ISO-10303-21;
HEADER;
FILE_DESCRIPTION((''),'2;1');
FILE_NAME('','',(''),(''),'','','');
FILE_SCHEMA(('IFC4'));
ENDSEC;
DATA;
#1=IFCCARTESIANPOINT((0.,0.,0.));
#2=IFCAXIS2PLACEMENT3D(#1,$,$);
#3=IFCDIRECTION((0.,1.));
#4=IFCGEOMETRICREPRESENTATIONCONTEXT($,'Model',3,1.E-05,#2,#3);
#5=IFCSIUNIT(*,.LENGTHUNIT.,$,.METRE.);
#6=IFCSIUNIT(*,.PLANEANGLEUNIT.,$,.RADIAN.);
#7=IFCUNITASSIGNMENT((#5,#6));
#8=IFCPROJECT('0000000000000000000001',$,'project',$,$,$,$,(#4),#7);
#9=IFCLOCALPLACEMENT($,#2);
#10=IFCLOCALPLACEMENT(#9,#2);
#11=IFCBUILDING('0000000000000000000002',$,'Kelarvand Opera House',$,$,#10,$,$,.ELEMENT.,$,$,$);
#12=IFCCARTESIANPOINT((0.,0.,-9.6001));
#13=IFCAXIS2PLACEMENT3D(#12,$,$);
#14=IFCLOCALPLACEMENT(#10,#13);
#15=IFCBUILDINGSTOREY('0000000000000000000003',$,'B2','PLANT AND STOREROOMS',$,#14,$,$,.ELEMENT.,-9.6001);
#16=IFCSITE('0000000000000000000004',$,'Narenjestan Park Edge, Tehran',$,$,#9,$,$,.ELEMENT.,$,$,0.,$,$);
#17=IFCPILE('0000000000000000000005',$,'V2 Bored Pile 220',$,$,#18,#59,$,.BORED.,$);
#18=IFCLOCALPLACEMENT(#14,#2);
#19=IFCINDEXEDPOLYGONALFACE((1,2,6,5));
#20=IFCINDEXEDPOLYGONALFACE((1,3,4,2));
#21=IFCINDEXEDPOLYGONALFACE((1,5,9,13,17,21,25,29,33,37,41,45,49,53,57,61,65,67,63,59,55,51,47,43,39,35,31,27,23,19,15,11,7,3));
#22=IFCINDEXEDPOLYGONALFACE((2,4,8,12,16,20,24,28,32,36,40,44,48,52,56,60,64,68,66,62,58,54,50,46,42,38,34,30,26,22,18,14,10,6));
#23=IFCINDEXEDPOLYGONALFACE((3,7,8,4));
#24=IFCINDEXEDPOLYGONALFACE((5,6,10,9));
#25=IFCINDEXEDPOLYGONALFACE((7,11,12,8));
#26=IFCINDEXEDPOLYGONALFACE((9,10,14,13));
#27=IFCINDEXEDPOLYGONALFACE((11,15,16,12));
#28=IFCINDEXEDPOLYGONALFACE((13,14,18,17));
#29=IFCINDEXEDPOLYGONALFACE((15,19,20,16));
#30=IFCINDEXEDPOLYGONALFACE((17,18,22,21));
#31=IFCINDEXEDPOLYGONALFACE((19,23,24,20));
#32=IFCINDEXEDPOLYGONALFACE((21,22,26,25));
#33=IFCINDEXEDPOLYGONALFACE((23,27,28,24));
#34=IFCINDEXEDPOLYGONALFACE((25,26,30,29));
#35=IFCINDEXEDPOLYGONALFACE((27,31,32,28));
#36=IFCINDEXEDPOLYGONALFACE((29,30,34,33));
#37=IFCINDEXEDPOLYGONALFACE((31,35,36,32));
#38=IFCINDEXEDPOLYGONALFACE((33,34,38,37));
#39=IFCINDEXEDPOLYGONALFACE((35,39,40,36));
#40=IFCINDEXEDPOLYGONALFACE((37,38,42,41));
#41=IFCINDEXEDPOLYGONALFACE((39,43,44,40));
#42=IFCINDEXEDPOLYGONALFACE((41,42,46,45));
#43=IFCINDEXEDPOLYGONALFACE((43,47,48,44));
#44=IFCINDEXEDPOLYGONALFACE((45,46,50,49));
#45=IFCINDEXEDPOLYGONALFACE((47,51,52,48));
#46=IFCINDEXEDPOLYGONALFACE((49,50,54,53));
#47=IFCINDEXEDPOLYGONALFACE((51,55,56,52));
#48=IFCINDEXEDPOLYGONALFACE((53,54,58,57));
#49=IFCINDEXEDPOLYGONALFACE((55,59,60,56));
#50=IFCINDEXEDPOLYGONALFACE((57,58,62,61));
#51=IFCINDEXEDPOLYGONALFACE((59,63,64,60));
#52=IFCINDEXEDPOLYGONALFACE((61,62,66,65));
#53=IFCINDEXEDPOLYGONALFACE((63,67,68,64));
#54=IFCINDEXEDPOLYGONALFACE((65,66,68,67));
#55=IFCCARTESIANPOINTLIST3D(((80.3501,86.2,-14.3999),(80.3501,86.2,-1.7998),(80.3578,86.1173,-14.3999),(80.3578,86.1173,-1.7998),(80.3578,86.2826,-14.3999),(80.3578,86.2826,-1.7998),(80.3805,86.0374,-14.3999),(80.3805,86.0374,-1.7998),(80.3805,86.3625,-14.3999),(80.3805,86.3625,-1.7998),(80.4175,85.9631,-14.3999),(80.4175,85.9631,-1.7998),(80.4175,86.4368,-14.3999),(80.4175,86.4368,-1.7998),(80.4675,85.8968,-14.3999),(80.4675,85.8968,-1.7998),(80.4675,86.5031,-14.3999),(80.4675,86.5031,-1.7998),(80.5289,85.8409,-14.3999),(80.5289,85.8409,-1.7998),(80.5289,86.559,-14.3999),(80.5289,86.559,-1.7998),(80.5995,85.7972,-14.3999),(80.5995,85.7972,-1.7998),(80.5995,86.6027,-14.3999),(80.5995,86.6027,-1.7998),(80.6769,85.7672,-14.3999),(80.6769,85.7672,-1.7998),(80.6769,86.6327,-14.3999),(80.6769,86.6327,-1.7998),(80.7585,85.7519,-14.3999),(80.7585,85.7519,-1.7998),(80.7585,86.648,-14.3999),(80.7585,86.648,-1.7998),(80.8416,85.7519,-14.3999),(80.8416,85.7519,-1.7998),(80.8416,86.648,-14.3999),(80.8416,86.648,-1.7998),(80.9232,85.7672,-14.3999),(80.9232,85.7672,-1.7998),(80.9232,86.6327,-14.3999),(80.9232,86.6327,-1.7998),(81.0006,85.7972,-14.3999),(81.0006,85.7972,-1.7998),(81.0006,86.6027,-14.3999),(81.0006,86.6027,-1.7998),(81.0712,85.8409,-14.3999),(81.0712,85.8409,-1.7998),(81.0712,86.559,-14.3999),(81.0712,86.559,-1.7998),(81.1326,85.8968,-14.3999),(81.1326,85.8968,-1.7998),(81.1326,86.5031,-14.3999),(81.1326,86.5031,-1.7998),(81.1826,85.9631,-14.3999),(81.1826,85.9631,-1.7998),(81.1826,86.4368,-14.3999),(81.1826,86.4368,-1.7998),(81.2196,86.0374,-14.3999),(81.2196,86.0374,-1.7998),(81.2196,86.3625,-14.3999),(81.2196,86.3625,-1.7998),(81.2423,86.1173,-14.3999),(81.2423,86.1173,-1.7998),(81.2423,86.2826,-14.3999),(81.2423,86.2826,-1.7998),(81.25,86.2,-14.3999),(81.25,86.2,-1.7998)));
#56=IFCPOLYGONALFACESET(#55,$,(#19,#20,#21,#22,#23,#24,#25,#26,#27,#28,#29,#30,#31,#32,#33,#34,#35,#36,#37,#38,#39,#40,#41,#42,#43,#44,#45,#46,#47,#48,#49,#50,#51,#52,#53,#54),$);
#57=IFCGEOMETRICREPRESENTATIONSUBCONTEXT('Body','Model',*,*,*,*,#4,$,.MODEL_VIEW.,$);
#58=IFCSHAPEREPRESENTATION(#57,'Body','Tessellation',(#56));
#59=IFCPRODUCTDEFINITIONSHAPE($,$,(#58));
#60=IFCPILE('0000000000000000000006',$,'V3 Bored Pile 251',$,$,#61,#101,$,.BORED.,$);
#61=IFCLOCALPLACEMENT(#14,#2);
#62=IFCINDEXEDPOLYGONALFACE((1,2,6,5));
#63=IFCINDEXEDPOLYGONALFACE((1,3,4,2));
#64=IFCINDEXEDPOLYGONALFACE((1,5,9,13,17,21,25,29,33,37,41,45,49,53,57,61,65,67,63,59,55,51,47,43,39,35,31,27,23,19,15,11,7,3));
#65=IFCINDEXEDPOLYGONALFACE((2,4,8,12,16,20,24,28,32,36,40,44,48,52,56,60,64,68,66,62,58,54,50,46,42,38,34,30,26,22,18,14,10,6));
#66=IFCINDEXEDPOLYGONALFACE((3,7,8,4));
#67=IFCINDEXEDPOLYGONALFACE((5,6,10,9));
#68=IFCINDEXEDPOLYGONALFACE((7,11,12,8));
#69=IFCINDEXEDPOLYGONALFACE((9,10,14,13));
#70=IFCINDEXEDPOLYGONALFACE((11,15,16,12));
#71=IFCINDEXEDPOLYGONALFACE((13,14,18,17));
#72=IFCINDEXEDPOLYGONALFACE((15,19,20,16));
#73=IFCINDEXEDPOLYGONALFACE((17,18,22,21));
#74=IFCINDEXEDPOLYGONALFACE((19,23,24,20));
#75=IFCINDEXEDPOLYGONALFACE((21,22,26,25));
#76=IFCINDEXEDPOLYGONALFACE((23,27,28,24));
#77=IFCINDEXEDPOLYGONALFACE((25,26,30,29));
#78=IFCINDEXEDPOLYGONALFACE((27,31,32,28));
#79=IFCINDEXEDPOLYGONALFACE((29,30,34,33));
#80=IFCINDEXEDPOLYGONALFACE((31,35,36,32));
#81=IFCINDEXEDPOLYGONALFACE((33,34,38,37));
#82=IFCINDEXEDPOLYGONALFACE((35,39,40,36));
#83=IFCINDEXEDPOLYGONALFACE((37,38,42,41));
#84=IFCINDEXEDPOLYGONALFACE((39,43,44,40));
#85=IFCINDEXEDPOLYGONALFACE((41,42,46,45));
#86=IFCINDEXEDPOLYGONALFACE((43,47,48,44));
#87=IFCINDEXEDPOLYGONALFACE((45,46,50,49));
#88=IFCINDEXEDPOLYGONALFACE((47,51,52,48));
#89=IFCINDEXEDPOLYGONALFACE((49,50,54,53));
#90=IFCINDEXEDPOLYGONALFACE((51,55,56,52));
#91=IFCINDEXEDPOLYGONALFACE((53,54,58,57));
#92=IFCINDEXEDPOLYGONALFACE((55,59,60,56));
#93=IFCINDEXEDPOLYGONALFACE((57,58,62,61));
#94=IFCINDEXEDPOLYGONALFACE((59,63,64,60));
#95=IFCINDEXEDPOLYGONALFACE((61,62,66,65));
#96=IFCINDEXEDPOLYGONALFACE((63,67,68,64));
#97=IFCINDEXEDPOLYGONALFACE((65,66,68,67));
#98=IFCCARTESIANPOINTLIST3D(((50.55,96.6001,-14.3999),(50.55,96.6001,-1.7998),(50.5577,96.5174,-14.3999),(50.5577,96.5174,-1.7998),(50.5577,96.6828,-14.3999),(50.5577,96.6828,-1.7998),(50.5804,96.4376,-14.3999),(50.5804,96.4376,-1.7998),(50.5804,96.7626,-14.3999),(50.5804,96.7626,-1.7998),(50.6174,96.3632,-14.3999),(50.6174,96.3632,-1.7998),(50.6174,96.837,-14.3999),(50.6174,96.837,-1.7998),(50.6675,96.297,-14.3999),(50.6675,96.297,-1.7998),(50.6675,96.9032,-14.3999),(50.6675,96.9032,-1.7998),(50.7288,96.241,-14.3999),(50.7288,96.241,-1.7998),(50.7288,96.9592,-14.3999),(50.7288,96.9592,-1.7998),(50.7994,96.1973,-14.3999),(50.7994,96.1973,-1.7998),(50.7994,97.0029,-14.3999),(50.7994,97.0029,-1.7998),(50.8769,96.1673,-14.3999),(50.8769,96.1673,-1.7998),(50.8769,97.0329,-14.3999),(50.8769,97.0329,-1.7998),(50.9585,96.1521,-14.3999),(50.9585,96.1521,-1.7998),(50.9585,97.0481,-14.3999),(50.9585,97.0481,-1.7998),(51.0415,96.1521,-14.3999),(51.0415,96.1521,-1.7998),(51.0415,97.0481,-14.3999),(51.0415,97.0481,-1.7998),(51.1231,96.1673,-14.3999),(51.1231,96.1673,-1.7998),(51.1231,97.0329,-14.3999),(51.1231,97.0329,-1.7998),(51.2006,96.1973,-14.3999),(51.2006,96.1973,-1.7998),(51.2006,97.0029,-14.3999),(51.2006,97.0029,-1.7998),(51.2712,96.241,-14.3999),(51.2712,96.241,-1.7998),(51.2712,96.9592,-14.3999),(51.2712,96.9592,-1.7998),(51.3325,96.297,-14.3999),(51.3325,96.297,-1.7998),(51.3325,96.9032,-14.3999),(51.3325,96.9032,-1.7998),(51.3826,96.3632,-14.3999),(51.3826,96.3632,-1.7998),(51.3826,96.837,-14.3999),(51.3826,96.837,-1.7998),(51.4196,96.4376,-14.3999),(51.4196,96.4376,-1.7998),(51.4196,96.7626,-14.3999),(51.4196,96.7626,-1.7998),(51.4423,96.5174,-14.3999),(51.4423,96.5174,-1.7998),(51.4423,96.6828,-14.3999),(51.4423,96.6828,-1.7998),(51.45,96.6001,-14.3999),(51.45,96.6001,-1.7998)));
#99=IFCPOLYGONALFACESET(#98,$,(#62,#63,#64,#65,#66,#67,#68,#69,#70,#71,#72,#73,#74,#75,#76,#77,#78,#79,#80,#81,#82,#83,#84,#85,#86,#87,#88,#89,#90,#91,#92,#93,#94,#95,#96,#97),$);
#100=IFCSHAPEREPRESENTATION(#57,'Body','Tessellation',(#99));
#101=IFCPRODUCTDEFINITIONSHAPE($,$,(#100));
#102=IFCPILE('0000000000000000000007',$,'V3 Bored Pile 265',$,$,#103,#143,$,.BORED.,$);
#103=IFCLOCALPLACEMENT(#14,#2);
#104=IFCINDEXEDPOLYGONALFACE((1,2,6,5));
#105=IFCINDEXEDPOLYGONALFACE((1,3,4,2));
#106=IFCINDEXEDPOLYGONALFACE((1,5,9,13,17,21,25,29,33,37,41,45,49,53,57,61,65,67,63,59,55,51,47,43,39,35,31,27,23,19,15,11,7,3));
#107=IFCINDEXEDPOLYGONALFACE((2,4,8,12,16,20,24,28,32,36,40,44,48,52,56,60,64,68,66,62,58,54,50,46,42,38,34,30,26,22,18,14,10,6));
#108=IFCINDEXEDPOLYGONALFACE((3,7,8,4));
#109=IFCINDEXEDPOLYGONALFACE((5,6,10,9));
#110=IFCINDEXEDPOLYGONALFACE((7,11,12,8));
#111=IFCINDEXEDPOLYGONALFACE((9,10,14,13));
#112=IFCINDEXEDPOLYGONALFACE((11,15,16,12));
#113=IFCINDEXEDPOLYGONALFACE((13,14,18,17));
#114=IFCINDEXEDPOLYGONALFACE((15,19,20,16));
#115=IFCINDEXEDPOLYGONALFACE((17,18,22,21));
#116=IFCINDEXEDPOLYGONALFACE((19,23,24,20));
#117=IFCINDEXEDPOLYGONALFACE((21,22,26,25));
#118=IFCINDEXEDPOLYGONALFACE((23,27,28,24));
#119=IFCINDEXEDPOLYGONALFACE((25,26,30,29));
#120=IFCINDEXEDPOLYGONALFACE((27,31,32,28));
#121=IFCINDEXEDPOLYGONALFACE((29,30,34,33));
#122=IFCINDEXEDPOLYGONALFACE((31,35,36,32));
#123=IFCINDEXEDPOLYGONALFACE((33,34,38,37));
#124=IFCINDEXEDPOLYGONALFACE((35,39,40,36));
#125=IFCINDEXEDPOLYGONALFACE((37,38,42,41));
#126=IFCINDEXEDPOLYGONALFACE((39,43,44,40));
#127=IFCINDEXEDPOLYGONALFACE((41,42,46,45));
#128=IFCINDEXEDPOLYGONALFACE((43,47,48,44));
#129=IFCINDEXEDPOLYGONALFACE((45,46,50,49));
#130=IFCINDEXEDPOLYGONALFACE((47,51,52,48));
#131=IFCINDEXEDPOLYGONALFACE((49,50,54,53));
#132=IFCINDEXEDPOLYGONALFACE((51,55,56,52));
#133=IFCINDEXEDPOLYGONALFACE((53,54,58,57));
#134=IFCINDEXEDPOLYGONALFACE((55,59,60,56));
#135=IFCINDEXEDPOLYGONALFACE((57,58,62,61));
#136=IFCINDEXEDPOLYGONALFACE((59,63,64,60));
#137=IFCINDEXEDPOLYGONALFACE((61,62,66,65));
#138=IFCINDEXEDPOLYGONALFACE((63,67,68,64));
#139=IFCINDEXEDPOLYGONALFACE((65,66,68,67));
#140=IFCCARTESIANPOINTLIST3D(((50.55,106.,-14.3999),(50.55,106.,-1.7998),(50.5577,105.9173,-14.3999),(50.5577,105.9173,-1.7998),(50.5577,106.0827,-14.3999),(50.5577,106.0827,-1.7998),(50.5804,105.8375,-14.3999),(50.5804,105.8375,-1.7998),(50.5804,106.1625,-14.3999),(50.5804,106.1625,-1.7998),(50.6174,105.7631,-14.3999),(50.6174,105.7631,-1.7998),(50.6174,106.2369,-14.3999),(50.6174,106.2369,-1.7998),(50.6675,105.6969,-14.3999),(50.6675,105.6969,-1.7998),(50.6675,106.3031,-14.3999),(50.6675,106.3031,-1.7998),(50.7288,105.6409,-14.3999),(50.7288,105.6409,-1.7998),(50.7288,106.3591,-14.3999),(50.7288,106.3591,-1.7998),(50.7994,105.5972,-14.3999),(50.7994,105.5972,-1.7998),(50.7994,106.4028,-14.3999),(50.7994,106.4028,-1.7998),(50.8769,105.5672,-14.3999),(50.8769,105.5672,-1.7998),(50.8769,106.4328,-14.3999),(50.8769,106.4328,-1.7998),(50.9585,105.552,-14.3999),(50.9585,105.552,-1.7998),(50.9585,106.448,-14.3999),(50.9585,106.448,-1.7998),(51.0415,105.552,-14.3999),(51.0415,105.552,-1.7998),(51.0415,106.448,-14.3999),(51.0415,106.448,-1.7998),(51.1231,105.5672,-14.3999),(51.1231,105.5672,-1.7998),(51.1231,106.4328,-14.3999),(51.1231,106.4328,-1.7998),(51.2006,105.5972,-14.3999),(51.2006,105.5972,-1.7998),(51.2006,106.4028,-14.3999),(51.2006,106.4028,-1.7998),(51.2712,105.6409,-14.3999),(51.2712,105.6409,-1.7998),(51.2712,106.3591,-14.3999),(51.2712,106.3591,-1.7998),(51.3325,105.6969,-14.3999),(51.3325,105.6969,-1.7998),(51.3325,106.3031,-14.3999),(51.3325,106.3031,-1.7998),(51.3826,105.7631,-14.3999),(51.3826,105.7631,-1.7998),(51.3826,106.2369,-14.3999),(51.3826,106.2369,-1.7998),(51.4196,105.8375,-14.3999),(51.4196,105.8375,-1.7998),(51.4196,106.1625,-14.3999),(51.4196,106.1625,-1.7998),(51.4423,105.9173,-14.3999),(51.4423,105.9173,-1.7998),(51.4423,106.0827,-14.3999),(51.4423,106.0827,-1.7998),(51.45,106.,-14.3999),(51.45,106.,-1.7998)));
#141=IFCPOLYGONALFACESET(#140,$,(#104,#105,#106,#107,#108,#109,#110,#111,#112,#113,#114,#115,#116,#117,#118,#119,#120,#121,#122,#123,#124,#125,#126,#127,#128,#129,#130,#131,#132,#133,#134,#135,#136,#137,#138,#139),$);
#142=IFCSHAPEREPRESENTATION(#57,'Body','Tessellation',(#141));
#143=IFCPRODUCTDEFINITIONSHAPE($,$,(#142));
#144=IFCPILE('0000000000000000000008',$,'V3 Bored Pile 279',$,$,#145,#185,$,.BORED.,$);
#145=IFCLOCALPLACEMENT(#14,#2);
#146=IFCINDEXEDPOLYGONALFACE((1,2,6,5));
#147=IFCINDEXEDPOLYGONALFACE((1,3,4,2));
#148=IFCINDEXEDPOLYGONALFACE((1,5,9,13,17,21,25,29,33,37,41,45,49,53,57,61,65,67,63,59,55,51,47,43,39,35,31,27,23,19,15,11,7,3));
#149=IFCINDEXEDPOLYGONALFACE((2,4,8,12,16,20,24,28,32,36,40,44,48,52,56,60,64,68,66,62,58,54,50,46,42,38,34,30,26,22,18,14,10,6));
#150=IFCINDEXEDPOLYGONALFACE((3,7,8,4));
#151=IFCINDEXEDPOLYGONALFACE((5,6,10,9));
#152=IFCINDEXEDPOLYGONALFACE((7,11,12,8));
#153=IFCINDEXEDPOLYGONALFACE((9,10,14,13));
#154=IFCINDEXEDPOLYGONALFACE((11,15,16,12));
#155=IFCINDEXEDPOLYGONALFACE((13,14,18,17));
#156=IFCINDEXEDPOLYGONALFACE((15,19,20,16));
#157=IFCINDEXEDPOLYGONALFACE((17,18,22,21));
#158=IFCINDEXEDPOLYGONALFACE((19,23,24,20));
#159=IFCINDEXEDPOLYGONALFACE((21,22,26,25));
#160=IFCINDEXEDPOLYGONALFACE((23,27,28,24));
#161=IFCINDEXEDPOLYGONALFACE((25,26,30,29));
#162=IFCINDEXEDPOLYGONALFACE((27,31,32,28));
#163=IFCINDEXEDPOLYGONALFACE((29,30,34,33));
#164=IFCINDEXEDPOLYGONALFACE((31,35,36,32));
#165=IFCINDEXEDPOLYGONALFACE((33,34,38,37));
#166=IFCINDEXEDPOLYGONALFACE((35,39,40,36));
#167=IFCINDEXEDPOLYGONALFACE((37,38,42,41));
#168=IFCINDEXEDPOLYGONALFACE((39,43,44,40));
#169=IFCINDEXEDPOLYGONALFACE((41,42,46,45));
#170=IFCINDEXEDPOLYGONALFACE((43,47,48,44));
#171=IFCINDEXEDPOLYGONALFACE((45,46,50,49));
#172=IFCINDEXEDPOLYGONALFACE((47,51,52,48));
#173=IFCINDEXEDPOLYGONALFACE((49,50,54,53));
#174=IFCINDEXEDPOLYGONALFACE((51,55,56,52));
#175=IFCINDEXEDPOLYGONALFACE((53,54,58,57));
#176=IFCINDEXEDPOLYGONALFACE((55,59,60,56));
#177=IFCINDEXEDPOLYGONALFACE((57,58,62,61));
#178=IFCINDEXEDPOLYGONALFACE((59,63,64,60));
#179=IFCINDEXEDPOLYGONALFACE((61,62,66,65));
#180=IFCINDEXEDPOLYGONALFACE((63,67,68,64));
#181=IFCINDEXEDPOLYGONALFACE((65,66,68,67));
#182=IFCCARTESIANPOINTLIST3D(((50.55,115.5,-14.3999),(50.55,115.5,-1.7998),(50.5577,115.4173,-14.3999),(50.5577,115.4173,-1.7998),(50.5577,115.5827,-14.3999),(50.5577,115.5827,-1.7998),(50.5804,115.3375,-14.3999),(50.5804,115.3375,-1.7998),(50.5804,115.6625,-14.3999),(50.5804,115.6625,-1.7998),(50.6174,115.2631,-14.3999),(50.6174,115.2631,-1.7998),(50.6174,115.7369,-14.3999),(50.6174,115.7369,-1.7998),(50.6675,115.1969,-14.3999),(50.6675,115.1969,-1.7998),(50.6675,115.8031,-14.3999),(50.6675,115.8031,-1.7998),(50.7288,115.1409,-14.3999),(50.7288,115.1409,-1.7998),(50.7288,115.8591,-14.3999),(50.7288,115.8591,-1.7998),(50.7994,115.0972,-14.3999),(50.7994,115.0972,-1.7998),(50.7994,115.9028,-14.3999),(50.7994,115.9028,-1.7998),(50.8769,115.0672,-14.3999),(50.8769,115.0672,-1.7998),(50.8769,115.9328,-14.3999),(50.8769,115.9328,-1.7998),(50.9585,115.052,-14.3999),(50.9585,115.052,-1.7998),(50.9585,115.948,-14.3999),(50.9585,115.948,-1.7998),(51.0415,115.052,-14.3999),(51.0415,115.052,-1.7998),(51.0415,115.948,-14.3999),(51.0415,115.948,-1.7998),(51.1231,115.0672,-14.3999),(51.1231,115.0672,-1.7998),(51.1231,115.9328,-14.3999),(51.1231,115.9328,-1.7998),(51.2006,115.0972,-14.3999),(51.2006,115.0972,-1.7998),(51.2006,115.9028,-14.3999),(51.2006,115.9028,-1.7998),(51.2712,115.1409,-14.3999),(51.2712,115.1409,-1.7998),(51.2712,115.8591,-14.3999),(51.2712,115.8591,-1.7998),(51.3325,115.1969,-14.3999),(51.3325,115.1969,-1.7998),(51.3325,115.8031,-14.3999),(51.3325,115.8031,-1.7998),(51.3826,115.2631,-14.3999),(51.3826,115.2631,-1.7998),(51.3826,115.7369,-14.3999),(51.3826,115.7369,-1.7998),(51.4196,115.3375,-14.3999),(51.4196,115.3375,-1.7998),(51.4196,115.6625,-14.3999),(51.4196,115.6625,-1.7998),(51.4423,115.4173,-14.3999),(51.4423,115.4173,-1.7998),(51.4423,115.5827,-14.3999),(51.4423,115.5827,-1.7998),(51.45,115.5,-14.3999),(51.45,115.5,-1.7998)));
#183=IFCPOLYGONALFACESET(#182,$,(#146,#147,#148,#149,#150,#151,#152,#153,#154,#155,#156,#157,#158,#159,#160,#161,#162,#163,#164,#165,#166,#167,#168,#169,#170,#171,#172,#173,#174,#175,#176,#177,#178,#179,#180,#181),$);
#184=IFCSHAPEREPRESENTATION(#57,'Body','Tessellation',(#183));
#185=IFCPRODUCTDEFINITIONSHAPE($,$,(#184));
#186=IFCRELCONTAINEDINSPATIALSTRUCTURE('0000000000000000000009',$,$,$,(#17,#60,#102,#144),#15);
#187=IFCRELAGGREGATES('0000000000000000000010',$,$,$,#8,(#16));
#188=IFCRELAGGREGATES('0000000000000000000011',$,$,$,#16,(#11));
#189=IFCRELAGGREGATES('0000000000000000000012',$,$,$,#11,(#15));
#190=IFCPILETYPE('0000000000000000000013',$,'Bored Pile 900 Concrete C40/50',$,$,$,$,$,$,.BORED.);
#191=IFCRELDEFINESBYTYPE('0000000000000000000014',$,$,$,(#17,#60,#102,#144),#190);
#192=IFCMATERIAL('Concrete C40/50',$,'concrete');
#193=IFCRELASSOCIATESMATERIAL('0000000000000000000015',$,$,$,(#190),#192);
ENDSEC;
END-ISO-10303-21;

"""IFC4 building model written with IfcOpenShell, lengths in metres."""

from ifc_helpers import new_model, si_unit, direction, frame, origin, origin_2d, place, context, subcontext, project, spatial, circle, extrude, material, material_profile, profile_set, type_object, element, save


model = new_model("IFC4")

# Units and contexts
model_context = context("Model", 3, precision=1e-05, world=origin(), true_north=direction((0.0, 1.0)))
body_context = subcontext(model_context, "Body", "Model", "MODEL_VIEW")
ifc_project = project(units=[si_unit("LENGTHUNIT", "METRE"), si_unit("PLANEANGLEUNIT", "RADIAN")], contexts=[model_context])

# Site, building, storey
site_placement = place(None, origin())
site = spatial("IfcSite", under=ifc_project, at=site_placement, Name="Narenjestan Park Edge, Tehran", CompositionType="ELEMENT", RefElevation=0.0)
building_placement = place(site_placement, origin())
building = spatial("IfcBuilding", under=site, at=building_placement, Name="Kelarvand Opera House", CompositionType="ELEMENT")
storey_placement = place(building_placement, frame((0.0, 0.0, -9.6001)))
storey = spatial("IfcBuildingStorey", under=building, at=storey_placement, Name="B2", Description="PLANT AND STOREROOMS", CompositionType="ELEMENT", Elevation=-9.6001)

# Piles
ifc_material_1 = material(Name="Concrete C40/50", Category="concrete")
ifc_material_profile_1 = material_profile(ifc_material_1, circle(Radius=0.45, at=origin_2d()), Name="BP 900", Category="concrete")
ifc_profile_set_1 = profile_set([ifc_material_profile_1], Name="Concrete C40/50")
pile_type = type_object("IfcPileType", Name="Bored Pile 900 Concrete C40/50", PredefinedType="BORED", material=ifc_profile_set_1)
for number, where, z_axis, x_axis, name in (
    (1, (80.8, 86.2, -1.7998), (0.0, 0.0, -1.0), (1.0, 0.0, 0.0), "V2 Bored Pile 220"),
    (2, (51.0, 96.6001, -1.7998), (0.0, 0.0, -1.0), (1.0, 0.0, 0.0), "V3 Bored Pile 251"),
    (3, (51.0, 106.0, -1.7998), (0.0, 0.0, -1.0), (1.0, 0.0, 0.0), "V3 Bored Pile 265"),
    (4, (51.0, 115.5, -1.7998), (0.0, 0.0, -1.0), (1.0, 0.0, 0.0), "V3 Bored Pile 279"),
):
    element("IfcPile", number, at=place(storey_placement, frame(where, z_axis=z_axis, x_axis=x_axis)), inside=storey, type_object=pile_type, Name=name, PredefinedType="BORED", context=body_context, shape_type="SweptSolid", body=[
        extrude(circle(Radius=0.45, at=origin_2d()), origin(), (0.0, 0.0, 1.0), 12.6001),
    ])

save(model, "model.ifc")
